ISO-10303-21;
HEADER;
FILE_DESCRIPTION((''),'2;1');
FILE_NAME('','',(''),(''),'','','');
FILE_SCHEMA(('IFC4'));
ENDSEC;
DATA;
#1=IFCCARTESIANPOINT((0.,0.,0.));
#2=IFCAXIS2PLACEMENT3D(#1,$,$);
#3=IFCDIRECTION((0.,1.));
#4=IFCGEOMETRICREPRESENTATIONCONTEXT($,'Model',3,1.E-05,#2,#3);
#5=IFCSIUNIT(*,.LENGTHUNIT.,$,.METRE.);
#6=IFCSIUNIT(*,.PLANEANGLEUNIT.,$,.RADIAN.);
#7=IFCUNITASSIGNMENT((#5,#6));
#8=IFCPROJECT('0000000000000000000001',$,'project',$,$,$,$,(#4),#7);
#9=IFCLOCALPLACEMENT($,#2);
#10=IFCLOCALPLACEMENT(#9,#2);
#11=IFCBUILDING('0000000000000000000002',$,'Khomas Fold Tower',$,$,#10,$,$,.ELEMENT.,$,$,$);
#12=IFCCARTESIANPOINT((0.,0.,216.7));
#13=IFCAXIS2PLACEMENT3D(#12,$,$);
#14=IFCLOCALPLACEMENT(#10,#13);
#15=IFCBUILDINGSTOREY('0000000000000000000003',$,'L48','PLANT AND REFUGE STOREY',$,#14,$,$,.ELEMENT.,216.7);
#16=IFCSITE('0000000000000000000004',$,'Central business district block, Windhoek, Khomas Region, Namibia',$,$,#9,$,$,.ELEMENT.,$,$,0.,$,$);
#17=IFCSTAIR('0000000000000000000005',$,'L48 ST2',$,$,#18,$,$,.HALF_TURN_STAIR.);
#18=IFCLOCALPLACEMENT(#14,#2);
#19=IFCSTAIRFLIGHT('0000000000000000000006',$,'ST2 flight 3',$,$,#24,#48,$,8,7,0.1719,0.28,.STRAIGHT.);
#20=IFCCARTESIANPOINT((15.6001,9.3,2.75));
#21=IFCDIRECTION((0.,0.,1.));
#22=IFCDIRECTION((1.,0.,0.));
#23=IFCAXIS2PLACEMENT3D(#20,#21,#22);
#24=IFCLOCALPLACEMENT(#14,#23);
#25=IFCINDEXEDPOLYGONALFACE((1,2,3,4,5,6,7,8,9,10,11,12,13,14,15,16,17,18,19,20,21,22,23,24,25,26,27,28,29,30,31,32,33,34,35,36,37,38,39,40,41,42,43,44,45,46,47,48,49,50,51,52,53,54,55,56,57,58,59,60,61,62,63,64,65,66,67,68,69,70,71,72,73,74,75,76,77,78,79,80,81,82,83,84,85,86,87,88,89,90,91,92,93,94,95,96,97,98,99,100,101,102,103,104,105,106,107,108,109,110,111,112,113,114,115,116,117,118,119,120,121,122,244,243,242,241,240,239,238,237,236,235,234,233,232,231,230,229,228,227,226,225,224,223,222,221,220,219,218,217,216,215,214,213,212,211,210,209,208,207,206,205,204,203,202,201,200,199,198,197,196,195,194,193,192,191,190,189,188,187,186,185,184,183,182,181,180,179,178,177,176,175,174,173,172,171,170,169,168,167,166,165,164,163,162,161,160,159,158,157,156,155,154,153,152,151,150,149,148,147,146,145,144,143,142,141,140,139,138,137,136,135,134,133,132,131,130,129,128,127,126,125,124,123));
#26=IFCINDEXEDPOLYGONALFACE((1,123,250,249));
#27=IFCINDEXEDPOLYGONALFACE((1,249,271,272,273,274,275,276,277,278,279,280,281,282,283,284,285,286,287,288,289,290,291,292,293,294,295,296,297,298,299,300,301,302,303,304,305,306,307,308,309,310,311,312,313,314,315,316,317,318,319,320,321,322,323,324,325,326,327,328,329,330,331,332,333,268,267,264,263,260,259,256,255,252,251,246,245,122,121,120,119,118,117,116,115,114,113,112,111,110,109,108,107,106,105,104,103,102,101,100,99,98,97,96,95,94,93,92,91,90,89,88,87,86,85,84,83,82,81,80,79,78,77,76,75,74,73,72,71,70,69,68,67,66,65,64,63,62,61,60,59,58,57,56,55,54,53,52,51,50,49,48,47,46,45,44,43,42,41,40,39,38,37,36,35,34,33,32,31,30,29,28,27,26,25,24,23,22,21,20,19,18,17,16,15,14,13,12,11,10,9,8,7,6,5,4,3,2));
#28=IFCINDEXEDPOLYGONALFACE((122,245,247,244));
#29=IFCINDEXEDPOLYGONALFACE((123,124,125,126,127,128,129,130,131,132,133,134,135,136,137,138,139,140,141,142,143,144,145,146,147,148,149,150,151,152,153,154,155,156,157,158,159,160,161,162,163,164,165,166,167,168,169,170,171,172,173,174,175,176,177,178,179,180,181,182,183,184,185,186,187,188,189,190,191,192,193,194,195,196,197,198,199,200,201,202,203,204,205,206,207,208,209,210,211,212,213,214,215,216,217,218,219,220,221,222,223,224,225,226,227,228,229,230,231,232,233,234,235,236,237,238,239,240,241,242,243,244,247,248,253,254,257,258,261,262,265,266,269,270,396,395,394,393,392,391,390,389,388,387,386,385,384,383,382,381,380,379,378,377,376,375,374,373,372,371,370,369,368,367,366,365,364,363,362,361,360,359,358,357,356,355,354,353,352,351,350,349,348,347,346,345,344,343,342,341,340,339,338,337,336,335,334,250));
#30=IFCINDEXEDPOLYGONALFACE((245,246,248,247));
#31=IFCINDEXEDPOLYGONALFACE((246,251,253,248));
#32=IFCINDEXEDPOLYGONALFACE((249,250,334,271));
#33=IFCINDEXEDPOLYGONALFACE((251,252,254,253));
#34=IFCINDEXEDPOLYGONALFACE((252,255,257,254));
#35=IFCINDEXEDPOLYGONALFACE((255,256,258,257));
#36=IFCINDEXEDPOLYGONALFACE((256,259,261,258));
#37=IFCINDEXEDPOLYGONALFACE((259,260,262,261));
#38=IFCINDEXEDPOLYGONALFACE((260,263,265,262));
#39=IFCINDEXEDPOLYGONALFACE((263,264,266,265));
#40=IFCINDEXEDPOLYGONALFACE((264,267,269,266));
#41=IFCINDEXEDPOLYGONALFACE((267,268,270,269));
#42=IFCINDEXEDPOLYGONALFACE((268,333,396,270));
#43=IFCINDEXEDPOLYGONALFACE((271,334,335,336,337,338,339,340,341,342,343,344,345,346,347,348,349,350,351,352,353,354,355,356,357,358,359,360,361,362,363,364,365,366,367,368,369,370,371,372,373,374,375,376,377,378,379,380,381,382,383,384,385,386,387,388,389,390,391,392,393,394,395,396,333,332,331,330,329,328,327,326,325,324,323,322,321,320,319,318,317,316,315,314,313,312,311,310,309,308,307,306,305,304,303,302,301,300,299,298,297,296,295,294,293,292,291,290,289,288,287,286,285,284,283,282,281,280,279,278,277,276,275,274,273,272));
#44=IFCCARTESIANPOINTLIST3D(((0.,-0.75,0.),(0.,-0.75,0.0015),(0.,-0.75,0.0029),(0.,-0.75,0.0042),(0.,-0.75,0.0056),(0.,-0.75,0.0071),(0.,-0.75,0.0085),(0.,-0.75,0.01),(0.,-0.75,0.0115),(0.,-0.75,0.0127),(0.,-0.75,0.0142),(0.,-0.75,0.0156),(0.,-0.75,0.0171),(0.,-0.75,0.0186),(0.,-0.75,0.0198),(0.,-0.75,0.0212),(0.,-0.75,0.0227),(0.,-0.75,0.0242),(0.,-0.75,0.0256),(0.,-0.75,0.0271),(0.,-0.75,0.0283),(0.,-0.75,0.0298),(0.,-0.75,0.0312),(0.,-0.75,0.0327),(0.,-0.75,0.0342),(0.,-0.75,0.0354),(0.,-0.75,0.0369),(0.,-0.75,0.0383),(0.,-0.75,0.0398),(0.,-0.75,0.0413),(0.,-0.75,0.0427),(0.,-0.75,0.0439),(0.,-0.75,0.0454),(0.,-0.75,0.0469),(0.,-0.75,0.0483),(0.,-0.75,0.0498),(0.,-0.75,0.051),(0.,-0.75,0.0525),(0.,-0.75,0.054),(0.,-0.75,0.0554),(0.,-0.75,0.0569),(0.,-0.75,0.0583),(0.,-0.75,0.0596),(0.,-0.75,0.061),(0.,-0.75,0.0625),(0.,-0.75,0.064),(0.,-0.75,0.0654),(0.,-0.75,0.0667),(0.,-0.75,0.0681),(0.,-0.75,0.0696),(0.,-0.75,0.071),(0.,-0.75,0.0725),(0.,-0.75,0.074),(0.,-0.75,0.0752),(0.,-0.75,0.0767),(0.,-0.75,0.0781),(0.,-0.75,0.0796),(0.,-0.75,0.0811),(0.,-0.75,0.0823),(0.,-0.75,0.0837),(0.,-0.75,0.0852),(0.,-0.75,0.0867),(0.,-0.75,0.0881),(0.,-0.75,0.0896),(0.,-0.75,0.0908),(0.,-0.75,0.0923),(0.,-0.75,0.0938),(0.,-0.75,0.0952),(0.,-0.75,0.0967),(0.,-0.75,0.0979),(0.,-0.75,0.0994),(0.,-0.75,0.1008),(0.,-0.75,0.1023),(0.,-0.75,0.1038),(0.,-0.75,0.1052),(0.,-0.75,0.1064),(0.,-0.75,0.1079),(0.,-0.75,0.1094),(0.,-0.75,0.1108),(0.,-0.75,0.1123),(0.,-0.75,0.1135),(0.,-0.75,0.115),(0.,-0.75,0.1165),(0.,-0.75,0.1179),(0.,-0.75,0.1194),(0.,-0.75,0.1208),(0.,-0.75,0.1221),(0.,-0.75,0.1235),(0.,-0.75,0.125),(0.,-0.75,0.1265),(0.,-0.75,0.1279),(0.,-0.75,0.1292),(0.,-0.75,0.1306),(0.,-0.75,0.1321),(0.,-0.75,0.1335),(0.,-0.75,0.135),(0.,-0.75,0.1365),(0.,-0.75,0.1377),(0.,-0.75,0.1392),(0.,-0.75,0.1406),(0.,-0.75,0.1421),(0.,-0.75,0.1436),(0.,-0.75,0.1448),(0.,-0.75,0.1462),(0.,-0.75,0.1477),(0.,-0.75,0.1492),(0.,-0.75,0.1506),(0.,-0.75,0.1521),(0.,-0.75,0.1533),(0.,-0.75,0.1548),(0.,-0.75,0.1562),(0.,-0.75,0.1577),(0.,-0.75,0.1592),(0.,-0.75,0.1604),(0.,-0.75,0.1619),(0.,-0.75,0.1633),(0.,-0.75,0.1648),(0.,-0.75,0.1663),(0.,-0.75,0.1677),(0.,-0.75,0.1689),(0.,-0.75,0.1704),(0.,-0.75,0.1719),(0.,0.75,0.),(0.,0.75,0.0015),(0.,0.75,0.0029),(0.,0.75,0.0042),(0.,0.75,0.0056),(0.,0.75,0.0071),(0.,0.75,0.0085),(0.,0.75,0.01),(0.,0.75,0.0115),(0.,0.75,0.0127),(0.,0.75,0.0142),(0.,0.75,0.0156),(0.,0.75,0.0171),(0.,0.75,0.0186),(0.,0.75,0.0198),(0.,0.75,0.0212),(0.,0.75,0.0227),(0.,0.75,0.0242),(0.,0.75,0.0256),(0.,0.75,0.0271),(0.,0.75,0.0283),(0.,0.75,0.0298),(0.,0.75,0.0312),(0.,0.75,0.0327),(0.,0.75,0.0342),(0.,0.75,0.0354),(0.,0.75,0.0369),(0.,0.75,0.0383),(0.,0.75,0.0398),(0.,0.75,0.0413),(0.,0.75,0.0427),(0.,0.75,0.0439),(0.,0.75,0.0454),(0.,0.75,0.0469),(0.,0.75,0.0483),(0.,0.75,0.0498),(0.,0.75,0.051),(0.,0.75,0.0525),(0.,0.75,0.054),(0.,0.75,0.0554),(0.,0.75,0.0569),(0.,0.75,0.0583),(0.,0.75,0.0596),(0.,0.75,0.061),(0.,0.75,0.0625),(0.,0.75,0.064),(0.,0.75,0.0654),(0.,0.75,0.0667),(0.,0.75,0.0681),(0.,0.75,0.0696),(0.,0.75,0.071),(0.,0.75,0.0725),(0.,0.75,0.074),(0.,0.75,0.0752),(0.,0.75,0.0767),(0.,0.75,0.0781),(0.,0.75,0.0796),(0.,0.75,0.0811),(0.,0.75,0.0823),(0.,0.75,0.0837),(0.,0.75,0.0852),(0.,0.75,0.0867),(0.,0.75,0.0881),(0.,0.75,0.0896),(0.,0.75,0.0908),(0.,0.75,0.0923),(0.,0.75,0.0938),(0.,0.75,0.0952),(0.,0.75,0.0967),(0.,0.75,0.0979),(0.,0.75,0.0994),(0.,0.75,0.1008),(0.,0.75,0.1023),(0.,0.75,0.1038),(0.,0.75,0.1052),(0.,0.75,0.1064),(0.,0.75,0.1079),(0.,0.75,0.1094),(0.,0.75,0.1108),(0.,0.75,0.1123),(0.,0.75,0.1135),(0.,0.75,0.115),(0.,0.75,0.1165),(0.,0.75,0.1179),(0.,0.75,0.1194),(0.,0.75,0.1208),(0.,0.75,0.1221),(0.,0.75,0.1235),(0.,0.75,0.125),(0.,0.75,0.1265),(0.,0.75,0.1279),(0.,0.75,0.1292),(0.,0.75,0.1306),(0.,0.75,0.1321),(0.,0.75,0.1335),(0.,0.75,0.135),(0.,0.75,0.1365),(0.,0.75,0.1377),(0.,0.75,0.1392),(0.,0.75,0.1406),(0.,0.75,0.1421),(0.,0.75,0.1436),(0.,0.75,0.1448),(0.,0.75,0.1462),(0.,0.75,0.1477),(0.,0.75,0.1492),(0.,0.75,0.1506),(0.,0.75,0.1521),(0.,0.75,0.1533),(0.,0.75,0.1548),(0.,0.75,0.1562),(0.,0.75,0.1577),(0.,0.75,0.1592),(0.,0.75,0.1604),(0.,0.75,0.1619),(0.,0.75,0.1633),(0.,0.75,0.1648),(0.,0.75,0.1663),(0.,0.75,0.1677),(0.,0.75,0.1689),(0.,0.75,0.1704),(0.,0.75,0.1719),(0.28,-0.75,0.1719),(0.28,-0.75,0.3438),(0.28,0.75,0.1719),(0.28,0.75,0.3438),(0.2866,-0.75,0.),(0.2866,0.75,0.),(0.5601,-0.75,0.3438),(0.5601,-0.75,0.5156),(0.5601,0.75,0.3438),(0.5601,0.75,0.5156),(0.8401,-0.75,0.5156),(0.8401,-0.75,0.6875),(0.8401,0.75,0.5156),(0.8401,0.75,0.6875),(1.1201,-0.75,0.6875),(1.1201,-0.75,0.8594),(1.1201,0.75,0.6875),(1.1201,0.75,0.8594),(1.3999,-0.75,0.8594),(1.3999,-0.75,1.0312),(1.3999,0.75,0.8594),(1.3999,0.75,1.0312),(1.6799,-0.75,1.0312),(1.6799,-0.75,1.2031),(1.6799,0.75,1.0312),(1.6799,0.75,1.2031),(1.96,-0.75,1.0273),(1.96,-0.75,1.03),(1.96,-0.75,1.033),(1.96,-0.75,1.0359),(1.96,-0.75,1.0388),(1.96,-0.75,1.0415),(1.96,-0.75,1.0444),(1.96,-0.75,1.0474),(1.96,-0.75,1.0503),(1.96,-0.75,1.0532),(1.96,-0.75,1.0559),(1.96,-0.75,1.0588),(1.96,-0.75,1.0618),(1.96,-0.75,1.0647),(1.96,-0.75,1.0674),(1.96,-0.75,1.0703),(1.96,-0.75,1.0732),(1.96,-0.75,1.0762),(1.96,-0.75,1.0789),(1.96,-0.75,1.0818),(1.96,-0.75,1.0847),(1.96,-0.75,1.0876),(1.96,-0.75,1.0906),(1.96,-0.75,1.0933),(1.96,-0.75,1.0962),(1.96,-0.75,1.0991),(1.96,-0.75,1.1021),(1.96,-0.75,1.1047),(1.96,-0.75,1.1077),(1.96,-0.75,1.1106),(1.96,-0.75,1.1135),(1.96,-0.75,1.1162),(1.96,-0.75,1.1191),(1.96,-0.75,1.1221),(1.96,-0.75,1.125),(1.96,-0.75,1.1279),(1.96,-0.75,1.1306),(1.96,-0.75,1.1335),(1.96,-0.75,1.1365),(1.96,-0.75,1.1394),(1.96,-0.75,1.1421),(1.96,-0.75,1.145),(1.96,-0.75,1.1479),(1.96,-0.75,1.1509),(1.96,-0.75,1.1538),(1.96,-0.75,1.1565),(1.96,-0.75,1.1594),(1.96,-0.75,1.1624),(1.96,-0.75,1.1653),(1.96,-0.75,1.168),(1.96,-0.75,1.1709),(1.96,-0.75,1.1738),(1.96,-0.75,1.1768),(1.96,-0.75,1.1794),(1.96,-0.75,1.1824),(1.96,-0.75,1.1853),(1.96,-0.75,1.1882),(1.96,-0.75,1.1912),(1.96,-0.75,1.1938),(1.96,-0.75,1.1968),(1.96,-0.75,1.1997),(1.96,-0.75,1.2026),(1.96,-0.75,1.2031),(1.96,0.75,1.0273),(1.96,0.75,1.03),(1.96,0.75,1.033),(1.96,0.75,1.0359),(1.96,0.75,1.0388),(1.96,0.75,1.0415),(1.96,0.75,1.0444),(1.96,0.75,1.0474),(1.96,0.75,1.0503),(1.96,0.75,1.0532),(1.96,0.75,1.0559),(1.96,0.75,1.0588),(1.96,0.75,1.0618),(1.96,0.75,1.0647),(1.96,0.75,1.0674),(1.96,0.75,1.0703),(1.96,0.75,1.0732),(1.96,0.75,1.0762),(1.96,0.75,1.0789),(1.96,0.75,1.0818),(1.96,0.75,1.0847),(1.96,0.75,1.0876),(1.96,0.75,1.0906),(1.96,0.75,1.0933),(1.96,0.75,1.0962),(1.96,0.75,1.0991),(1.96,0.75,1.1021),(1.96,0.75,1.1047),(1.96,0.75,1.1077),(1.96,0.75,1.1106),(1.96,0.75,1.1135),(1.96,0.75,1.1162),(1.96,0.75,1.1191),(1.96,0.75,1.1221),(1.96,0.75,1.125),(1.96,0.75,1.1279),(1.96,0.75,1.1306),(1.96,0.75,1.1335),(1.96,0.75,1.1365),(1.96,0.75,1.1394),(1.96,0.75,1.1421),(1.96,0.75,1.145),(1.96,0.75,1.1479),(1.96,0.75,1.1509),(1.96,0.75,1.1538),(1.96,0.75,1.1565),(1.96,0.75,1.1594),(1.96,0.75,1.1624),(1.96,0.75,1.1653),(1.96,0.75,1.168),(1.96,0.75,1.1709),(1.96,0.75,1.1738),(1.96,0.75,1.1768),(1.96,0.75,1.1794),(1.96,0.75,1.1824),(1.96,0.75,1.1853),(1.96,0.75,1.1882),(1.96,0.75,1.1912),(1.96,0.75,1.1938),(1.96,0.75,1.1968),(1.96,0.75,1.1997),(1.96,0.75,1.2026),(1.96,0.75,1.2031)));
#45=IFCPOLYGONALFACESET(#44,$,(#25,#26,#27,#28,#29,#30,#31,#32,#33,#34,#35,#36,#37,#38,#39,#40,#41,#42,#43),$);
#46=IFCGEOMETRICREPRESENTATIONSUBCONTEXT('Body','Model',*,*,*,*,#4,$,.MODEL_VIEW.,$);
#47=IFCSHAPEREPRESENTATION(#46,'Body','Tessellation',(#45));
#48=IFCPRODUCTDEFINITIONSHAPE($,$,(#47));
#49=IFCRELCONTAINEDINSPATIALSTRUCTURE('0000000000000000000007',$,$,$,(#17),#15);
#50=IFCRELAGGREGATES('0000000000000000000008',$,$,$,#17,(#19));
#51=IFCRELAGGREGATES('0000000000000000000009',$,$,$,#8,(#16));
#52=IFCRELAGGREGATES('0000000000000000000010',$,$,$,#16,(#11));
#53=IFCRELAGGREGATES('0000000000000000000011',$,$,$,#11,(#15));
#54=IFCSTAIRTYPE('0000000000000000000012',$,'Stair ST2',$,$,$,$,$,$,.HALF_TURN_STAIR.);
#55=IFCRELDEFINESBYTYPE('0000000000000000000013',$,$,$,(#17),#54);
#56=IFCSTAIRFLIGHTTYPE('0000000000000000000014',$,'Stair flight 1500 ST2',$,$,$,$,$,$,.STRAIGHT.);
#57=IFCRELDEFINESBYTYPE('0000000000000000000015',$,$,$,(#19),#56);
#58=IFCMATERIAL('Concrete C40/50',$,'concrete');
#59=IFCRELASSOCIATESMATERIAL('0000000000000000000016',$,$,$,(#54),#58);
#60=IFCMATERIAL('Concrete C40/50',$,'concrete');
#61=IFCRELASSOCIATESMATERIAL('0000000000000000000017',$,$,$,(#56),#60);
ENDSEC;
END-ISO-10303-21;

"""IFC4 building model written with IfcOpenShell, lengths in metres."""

from ifc_helpers import new_model, si_unit, direction, frame, origin, place, context, subcontext, project, spatial, polyline, outline, extrude, source, transform, mapped, material, type_object, element, aggregate, save


model = new_model("IFC4")

# Units and contexts
model_context = context("Model", 3, precision=1e-05, world=origin(), true_north=direction((0.0, 1.0)))
body_context = subcontext(model_context, "Body", "Model", "MODEL_VIEW")
ifc_project = project(units=[si_unit("LENGTHUNIT", "METRE"), si_unit("PLANEANGLEUNIT", "RADIAN")], contexts=[model_context])

# Site, building, storey
site_placement = place(None, origin())
site = spatial("IfcSite", under=ifc_project, at=site_placement, Name="Central business district block, Windhoek, Khomas Region, Namibia", CompositionType="ELEMENT", RefElevation=0.0)
building_placement = place(site_placement, origin())
building = spatial("IfcBuilding", under=site, at=building_placement, Name="Khomas Fold Tower", CompositionType="ELEMENT")
storey_placement = place(building_placement, frame((0.0, 0.0, 216.7)))
storey = spatial("IfcBuildingStorey", under=building, at=storey_placement, Name="L48", Description="PLANT AND REFUGE STOREY", CompositionType="ELEMENT", Elevation=216.7)

# Stair, stair flight
ifc_material_1 = material(Name="Concrete C40/50", Category="concrete")
stair_type = type_object("IfcStairType", Name="Stair ST2", PredefinedType="HALF_TURN_STAIR", material=ifc_material_1)
stair_placement = place(storey_placement, origin())
stair = element("IfcStair", 1, at=stair_placement, inside=storey, type_object=stair_type, Name="L48 ST2", PredefinedType="HALF_TURN_STAIR")
ifc_material_2 = material(Name="Concrete C40/50", Category="concrete")
stair_flight_type = type_object("IfcStairFlightType", Name="Stair flight 1500 ST2", PredefinedType="STRAIGHT", material=ifc_material_2)
shared_shape_1 = source(origin(), body_context, "Body", "SweptSolid", [
    extrude(outline(polyline([(0.0, 0.0), (0.0, 0.0015), (0.0, 0.0029), (0.0, 0.0042), (0.0, 0.0056), (0.0, 0.0071), (0.0, 0.0085), (0.0, 0.01), (0.0, 0.0115), (0.0, 0.0127), (0.0, 0.0142), (0.0, 0.0156), (0.0, 0.0171), (0.0, 0.0186), (0.0, 0.0198), (0.0, 0.0212), (0.0, 0.0227), (0.0, 0.0242), (0.0, 0.0256), (0.0, 0.0271), (0.0, 0.0283), (0.0, 0.0298), (0.0, 0.0312), (0.0, 0.0327), (0.0, 0.0342), (0.0, 0.0354), (0.0, 0.0369), (0.0, 0.0383), (0.0, 0.0398), (0.0, 0.0413), (0.0, 0.0427), (0.0, 0.0439), (0.0, 0.0454), (0.0, 0.0469), (0.0, 0.0483), (0.0, 0.0498), (0.0, 0.051), (0.0, 0.0525), (0.0, 0.054), (0.0, 0.0554), (0.0, 0.0569), (0.0, 0.0583), (0.0, 0.0596), (0.0, 0.061), (0.0, 0.0625), (0.0, 0.064), (0.0, 0.0654), (0.0, 0.0667), (0.0, 0.0681), (0.0, 0.0696), (0.0, 0.071), (0.0, 0.0725), (0.0, 0.074), (0.0, 0.0752), (0.0, 0.0767), (0.0, 0.0781), (0.0, 0.0796), (0.0, 0.0811), (0.0, 0.0823), (0.0, 0.0837), (0.0, 0.0852), (0.0, 0.0867), (0.0, 0.0881), (0.0, 0.0896), (0.0, 0.0908), (0.0, 0.0923), (0.0, 0.0938), (0.0, 0.0952), (0.0, 0.0967), (0.0, 0.0979), (0.0, 0.0994), (0.0, 0.1008), (0.0, 0.1023), (0.0, 0.1038), (0.0, 0.1052), (0.0, 0.1064), (0.0, 0.1079), (0.0, 0.1094), (0.0, 0.1108), (0.0, 0.1123), (0.0, 0.1135), (0.0, 0.115), (0.0, 0.1165), (0.0, 0.1179), (0.0, 0.1194), (0.0, 0.1208), (0.0, 0.1221), (0.0, 0.1235), (0.0, 0.125), (0.0, 0.1265), (0.0, 0.1279), (0.0, 0.1292), (0.0, 0.1306), (0.0, 0.1321), (0.0, 0.1335), (0.0, 0.135), (0.0, 0.1365), (0.0, 0.1377), (0.0, 0.1392), (0.0, 0.1406), (0.0, 0.1421), (0.0, 0.1436), (0.0, 0.1448), (0.0, 0.1462), (0.0, 0.1477), (0.0, 0.1492), (0.0, 0.1506), (0.0, 0.1521), (0.0, 0.1533), (0.0, 0.1548), (0.0, 0.1562), (0.0, 0.1577), (0.0, 0.1592), (0.0, 0.1604), (0.0, 0.1619), (0.0, 0.1633), (0.0, 0.1648), (0.0, 0.1663), (0.0, 0.1677), (0.0, 0.1689), (0.0, 0.1704), (0.0, 0.1719), (0.28, 0.1719), (0.28, 0.3438), (0.5601, 0.3438), (0.5601, 0.5156), (0.8401, 0.5156), (0.8401, 0.6875), (1.1201, 0.6875), (1.1201, 0.8594), (1.3999, 0.8594), (1.3999, 1.0312), (1.6799, 1.0312), (1.6799, 1.2031), (1.96, 1.2031), (1.96, 1.375), (1.96, 1.3721), (1.96, 1.3691), (1.96, 1.3665), (1.96, 1.3635), (1.96, 1.3606), (1.96, 1.3577), (1.96, 1.355), (1.96, 1.3521), (1.96, 1.3491), (1.96, 1.3462), (1.96, 1.3435), (1.96, 1.3406), (1.96, 1.3376), (1.96, 1.3347), (1.96, 1.3318), (1.96, 1.3291), (1.96, 1.3262), (1.96, 1.3232), (1.96, 1.3203), (1.96, 1.3176), (1.96, 1.3147), (1.96, 1.3118), (1.96, 1.3088), (1.96, 1.3059), (1.96, 1.3032), (1.96, 1.3003), (1.96, 1.2974), (1.96, 1.2944), (1.96, 1.2917), (1.96, 1.2888), (1.96, 1.2859), (1.96, 1.283), (1.96, 1.2803), (1.96, 1.2773), (1.96, 1.2744), (1.96, 1.2715), (1.96, 1.2686), (1.96, 1.2659), (1.96, 1.2629), (1.96, 1.26), (1.96, 1.2571), (1.96, 1.2544), (1.96, 1.2515), (1.96, 1.2485), (1.96, 1.2456), (1.96, 1.2427), (1.96, 1.24), (1.96, 1.2371), (1.96, 1.2341), (1.96, 1.2312), (1.96, 1.2285), (1.96, 1.2256), (1.96, 1.2227), (1.96, 1.2197), (1.96, 1.217), (1.96, 1.2141), (1.96, 1.2112), (1.96, 1.2083), (1.96, 1.2053), (1.96, 1.2026), (1.96, 1.1997), (1.96, 1.1968), (1.96, 1.1938), (1.96, 1.1912), (1.96, 1.1882), (1.96, 1.1853), (1.96, 1.1824), (1.96, 1.1794), (1.96, 1.1768), (1.96, 1.1738), (1.96, 1.1709), (1.96, 1.168), (1.96, 1.1653), (1.96, 1.1624), (1.96, 1.1594), (1.96, 1.1565), (1.96, 1.1538), (1.96, 1.1509), (1.96, 1.1479), (1.96, 1.145), (1.96, 1.1421), (1.96, 1.1394), (1.96, 1.1365), (1.96, 1.1335), (1.96, 1.1306), (1.96, 1.1279), (1.96, 1.125), (1.96, 1.1221), (1.96, 1.1191), (1.96, 1.1162), (1.96, 1.1135), (1.96, 1.1106), (1.96, 1.1077), (1.96, 1.1047), (1.96, 1.1021), (1.96, 1.0991), (1.96, 1.0962), (1.96, 1.0933), (1.96, 1.0906), (1.96, 1.0876), (1.96, 1.0847), (1.96, 1.0818), (1.96, 1.0789), (1.96, 1.0762), (1.96, 1.0732), (1.96, 1.0703), (1.96, 1.0674), (1.96, 1.0647), (1.96, 1.0618), (1.96, 1.0588), (1.96, 1.0559), (1.96, 1.0532), (1.96, 1.0503), (1.96, 1.0474), (1.96, 1.0444), (1.96, 1.0415), (1.96, 1.0388), (1.96, 1.0359), (1.96, 1.033), (1.96, 1.03), (1.96, 1.0273), (0.2866, 0.0), (0.0, 0.0)])), frame((0.0, 0.75, 0.0), z_axis=(0.0, -1.0, 0.0), x_axis=(1.0, 0.0, 0.0)), (0.0, 0.0, 1.0), 1.5),
])
stair_flight_1_placement = place(storey_placement, frame((15.6001, 9.3, 2.75), z_axis=(0.0, 0.0, 1.0), x_axis=(1.0, 0.0, 0.0)))
stair_flight_1 = element("IfcStairFlight", 2, at=stair_flight_1_placement, type_object=stair_flight_type, Name="ST2 flight 3", NumberOfRisers=8, NumberOfTreads=7, PredefinedType="STRAIGHT", RiserHeight=0.1719, TreadLength=0.28, context=body_context, shape_type="MappedRepresentation", body=[
    mapped(shared_shape_1, transform((0.0, 0.0, 0.0))),
])
aggregate(stair, [stair_flight_1])

save(model, "model.ifc")
